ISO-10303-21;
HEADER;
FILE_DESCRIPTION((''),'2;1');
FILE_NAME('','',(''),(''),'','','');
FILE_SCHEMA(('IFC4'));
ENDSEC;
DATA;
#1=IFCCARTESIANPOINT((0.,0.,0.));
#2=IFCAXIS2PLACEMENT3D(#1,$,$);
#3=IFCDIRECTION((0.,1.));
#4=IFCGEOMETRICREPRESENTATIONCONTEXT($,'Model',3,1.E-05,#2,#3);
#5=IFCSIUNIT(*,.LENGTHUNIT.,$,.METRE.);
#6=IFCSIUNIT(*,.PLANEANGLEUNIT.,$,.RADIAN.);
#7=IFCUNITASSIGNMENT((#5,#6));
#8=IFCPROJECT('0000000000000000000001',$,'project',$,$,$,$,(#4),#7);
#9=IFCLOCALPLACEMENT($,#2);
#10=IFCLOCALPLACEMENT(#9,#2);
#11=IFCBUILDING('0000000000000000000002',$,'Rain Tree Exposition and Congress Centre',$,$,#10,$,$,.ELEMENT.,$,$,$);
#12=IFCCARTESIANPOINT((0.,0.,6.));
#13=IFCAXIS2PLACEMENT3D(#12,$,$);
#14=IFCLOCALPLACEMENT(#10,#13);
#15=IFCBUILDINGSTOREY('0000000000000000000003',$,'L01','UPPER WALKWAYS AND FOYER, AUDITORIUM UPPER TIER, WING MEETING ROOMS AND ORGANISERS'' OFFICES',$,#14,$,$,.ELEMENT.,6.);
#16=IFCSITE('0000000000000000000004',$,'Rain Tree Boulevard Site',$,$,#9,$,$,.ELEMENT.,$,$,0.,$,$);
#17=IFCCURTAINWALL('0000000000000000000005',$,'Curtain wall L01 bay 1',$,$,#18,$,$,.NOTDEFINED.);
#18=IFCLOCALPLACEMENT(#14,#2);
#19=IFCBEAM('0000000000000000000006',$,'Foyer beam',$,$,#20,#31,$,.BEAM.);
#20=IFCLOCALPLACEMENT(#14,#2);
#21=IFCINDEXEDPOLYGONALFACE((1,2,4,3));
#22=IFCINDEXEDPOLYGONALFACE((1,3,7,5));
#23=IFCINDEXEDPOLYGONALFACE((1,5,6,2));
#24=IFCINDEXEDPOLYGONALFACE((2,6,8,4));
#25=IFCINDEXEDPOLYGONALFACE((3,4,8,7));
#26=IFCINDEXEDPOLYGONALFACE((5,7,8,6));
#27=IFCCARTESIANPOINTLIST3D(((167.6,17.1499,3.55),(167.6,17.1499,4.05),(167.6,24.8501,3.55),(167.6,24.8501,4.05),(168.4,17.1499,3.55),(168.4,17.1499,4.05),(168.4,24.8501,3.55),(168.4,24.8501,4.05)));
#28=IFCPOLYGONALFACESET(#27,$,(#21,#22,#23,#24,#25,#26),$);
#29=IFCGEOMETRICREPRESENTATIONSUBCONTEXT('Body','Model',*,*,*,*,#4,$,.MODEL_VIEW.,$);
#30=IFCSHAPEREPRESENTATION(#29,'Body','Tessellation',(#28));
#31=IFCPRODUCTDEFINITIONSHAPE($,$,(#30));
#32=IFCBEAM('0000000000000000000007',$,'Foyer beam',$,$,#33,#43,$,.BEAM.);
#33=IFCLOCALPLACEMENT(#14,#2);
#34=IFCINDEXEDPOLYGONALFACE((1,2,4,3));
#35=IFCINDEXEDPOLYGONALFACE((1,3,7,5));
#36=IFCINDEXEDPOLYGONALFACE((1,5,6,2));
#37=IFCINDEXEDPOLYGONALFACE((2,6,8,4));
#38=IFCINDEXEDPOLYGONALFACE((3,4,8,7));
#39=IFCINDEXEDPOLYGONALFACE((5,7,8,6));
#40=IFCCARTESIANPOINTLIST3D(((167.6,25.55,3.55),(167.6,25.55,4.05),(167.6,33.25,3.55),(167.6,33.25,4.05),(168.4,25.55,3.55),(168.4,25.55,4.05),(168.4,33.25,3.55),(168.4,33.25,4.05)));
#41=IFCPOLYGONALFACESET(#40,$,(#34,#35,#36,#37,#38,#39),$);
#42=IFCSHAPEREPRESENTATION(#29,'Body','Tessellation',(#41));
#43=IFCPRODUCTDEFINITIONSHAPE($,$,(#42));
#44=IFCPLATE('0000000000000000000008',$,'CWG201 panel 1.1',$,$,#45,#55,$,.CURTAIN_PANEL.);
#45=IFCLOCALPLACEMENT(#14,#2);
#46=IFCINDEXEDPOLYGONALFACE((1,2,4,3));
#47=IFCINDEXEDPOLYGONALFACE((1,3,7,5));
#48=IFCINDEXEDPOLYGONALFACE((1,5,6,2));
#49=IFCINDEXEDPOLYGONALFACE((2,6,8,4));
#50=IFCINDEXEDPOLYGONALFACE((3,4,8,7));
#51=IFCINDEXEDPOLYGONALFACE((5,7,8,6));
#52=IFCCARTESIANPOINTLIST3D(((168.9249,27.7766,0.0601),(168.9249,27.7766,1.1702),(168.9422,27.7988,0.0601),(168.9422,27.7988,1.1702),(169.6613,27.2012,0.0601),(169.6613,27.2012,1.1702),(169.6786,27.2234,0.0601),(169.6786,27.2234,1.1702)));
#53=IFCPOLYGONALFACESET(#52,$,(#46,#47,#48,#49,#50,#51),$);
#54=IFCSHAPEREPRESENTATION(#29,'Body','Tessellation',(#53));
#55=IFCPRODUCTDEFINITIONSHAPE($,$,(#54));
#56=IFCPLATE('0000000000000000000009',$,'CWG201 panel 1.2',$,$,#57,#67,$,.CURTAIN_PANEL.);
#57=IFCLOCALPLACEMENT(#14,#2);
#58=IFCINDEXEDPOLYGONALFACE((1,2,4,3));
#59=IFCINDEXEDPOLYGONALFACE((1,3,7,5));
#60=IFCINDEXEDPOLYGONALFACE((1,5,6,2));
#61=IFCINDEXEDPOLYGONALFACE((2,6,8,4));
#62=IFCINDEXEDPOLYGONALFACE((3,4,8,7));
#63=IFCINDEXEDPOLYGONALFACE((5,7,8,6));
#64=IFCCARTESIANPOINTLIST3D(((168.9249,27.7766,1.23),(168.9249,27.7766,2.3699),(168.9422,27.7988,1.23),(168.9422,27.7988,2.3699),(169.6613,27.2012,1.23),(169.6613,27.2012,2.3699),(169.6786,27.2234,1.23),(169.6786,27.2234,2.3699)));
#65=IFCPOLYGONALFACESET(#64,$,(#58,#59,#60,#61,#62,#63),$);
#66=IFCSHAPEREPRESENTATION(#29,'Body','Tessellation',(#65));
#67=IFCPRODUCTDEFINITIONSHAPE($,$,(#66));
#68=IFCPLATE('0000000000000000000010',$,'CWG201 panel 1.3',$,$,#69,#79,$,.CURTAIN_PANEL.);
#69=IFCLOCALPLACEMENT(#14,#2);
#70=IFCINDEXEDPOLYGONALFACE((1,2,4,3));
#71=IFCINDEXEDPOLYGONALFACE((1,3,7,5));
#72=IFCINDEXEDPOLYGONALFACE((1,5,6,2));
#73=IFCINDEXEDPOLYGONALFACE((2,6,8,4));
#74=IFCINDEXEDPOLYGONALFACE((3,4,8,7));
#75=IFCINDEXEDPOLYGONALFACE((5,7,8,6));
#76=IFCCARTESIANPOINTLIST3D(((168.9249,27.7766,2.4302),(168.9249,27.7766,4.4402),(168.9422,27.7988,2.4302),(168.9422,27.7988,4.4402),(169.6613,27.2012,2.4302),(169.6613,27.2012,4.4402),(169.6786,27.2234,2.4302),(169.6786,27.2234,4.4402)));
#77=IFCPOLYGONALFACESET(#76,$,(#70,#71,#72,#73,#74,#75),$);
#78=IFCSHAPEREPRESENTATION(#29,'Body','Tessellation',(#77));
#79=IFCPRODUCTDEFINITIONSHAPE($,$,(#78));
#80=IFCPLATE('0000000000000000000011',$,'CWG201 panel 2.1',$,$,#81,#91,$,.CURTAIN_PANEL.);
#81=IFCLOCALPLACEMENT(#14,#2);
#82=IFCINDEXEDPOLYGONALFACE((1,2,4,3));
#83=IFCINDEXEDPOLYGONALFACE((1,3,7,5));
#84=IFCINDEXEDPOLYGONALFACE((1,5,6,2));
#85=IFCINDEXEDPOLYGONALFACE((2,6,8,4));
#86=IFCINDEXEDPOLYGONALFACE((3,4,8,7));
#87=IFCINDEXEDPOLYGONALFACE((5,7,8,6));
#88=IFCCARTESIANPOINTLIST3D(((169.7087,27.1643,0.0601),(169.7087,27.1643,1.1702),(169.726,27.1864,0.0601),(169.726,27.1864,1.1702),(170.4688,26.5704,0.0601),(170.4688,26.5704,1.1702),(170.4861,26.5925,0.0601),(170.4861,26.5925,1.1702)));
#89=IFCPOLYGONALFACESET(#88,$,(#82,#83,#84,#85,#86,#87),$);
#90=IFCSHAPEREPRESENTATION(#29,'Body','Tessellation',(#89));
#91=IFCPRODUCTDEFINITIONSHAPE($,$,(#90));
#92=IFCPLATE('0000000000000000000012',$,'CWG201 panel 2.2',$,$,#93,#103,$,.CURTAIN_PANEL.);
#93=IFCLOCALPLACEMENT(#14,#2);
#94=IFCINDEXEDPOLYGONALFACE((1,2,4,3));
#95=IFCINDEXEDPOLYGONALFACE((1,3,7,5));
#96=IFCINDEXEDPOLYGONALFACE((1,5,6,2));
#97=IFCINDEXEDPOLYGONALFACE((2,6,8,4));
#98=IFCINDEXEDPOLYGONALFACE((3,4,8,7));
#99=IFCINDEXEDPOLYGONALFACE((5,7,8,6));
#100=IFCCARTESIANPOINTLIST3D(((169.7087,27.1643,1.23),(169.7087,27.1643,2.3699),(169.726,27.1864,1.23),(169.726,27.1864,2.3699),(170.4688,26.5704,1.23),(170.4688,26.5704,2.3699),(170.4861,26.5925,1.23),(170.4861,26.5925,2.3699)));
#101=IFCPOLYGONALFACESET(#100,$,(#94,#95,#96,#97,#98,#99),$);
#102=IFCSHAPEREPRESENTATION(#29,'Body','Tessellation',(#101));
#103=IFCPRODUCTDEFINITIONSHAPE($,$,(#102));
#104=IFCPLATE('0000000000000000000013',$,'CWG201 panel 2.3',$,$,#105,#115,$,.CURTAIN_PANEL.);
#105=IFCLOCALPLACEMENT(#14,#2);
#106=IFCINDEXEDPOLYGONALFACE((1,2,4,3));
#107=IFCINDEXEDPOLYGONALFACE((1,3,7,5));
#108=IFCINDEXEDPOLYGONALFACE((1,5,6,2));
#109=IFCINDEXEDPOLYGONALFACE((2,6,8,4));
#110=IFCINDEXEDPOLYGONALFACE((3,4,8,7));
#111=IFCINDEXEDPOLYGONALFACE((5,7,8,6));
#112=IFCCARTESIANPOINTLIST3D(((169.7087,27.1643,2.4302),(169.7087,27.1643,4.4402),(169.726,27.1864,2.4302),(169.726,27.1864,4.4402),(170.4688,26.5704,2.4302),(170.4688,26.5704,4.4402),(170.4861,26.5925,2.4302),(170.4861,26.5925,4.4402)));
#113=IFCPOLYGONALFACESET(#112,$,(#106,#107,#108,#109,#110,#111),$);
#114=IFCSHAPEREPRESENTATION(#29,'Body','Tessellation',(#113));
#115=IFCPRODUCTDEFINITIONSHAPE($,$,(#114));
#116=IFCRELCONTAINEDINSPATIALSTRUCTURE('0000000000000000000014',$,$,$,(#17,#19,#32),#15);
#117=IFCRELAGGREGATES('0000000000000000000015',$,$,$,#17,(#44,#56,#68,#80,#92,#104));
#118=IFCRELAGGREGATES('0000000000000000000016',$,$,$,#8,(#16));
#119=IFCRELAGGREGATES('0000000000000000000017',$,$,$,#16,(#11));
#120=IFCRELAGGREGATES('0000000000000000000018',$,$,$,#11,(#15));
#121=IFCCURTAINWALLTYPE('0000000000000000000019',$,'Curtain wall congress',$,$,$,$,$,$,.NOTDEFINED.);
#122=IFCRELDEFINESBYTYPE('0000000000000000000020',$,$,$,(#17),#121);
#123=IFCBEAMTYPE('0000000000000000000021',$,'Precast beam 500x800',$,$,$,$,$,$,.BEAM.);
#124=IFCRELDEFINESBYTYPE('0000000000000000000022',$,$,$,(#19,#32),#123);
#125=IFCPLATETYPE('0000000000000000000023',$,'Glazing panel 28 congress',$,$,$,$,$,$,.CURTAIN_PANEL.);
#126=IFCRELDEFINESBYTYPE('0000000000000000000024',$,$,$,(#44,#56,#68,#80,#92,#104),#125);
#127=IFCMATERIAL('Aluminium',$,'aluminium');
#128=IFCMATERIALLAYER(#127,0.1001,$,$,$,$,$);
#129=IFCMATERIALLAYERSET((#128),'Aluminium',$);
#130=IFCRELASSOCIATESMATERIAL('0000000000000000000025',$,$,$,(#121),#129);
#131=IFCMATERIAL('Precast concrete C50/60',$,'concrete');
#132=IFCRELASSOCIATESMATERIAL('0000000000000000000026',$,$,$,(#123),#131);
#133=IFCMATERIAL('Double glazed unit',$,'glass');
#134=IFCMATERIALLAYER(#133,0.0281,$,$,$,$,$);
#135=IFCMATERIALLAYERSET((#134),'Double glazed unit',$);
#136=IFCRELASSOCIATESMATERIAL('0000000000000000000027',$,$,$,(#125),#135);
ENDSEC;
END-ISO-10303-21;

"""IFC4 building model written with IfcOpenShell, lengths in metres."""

from ifc_helpers import new_model, si_unit, direction, frame, origin, origin_2d, place, context, subcontext, project, spatial, rectangle, extrude, material, layer, layer_set, material_profile, profile_set, type_object, element, aggregate, save


model = new_model("IFC4")

# Units and contexts
model_context = context("Model", 3, precision=1e-05, world=origin(), true_north=direction((0.0, 1.0)))
body_context = subcontext(model_context, "Body", "Model", "MODEL_VIEW")
ifc_project = project(units=[si_unit("LENGTHUNIT", "METRE"), si_unit("PLANEANGLEUNIT", "RADIAN")], contexts=[model_context])

# Site, building, storey
site_placement = place(None, origin())
site = spatial("IfcSite", under=ifc_project, at=site_placement, Name="Rain Tree Boulevard Site", CompositionType="ELEMENT", RefElevation=0.0)
building_placement = place(site_placement, origin())
building = spatial("IfcBuilding", under=site, at=building_placement, Name="Rain Tree Exposition and Congress Centre", CompositionType="ELEMENT")
storey_placement = place(building_placement, frame((0.0, 0.0, 6.0)))
storey = spatial("IfcBuildingStorey", under=building, at=storey_placement, Name="L01", Description="UPPER WALKWAYS AND FOYER, AUDITORIUM UPPER TIER, WING MEETING ROOMS AND ORGANISERS' OFFICES", CompositionType="ELEMENT", Elevation=6.0)

# Curtain wall
ifc_material_1 = material(Name="Aluminium", Category="aluminium")
ifc_layer_1 = layer(ifc_material_1, 0.1001)
ifc_layer_set_1 = layer_set([ifc_layer_1], Name="Aluminium")
curtain_wall_type = type_object("IfcCurtainWallType", Name="Curtain wall congress", PredefinedType="NOTDEFINED", material=ifc_layer_set_1)
curtain_wall_1_placement = place(storey_placement, origin())
curtain_wall_1 = element("IfcCurtainWall", 1, at=curtain_wall_1_placement, inside=storey, type_object=curtain_wall_type, Name="Curtain wall L01 bay 1", PredefinedType="NOTDEFINED")

# Beams
ifc_material_2 = material(Name="Precast concrete C50/60", Category="concrete")
ifc_material_profile_1 = material_profile(ifc_material_2, rectangle(XDim=0.5, YDim=0.8, at=origin_2d()), Name="RC 500x800")
ifc_profile_set_1 = profile_set([ifc_material_profile_1], Name="Precast concrete C50/60")
beam_type = type_object("IfcBeamType", Name="Precast beam 500x800", PredefinedType="BEAM", material=ifc_profile_set_1)
beam_1_placement = place(storey_placement, frame((168.0, 17.1499, 3.8), z_axis=(0.0, 1.0, 0.0), x_axis=(0.0, 0.0, 1.0)))
element("IfcBeam", 2, at=beam_1_placement, inside=storey, type_object=beam_type, Name="Foyer beam", PredefinedType="BEAM", context=body_context, shape_type="SweptSolid", body=[
    extrude(rectangle(XDim=0.5, YDim=0.8, at=origin_2d()), origin(), (0.0, 0.0, 1.0), 7.7002),
])
beam_2_placement = place(storey_placement, frame((168.0, 25.55, 3.8), z_axis=(0.0, 1.0, 0.0), x_axis=(0.0, 0.0, 1.0)))
element("IfcBeam", 3, at=beam_2_placement, inside=storey, type_object=beam_type, Name="Foyer beam", PredefinedType="BEAM", context=body_context, shape_type="SweptSolid", body=[
    extrude(rectangle(XDim=0.5, YDim=0.8, at=origin_2d()), origin(), (0.0, 0.0, 1.0), 7.7),
])

# Plates
ifc_material_3 = material(Name="Double glazed unit", Category="glass")
ifc_layer_2 = layer(ifc_material_3, 0.0281)
ifc_layer_set_2 = layer_set([ifc_layer_2], Name="Double glazed unit")
plate_type = type_object("IfcPlateType", Name="Glazing panel 28 congress", PredefinedType="CURTAIN_PANEL", material=ifc_layer_set_2)
plate_1_placement = place(storey_placement, frame((169.3018, 27.5, 0.0601), z_axis=(0.0, 0.0, 1.0), x_axis=(0.788003, -0.615671, 0.0)))
plate_1 = element("IfcPlate", 4, at=plate_1_placement, type_object=plate_type, Name="CWG201 panel 1.1", PredefinedType="CURTAIN_PANEL", context=body_context, shape_type="SweptSolid", body=[
    extrude(rectangle(XDim=0.9346, YDim=0.0281, at=origin_2d()), origin(), (0.0, 0.0, 1.0), 1.1101),
])
plate_2_placement = place(storey_placement, frame((169.3018, 27.5, 1.23), z_axis=(0.0, 0.0, 1.0), x_axis=(0.788003, -0.615671, 0.0)))
plate_2 = element("IfcPlate", 5, at=plate_2_placement, type_object=plate_type, Name="CWG201 panel 1.2", PredefinedType="CURTAIN_PANEL", context=body_context, shape_type="SweptSolid", body=[
    extrude(rectangle(XDim=0.9346, YDim=0.0281, at=origin_2d()), origin(), (0.0, 0.0, 1.0), 1.1399),
])
plate_3_placement = place(storey_placement, frame((169.3018, 27.5, 2.4302), z_axis=(0.0, 0.0, 1.0), x_axis=(0.788003, -0.615671, 0.0)))
plate_3 = element("IfcPlate", 6, at=plate_3_placement, type_object=plate_type, Name="CWG201 panel 1.3", PredefinedType="CURTAIN_PANEL", context=body_context, shape_type="SweptSolid", body=[
    extrude(rectangle(XDim=0.9346, YDim=0.0281, at=origin_2d()), origin(), (0.0, 0.0, 1.0), 2.01),
])
plate_4_placement = place(storey_placement, frame((170.0974, 26.8784, 0.0601), z_axis=(0.0, 0.0, 1.0), x_axis=(0.788003, -0.615671, 0.0)))
plate_4 = element("IfcPlate", 7, at=plate_4_placement, type_object=plate_type, Name="CWG201 panel 2.1", PredefinedType="CURTAIN_PANEL", context=body_context, shape_type="SweptSolid", body=[
    extrude(rectangle(XDim=0.9646, YDim=0.0281, at=origin_2d()), origin(), (0.0, 0.0, 1.0), 1.1101),
])
plate_5_placement = place(storey_placement, frame((170.0974, 26.8784, 1.23), z_axis=(0.0, 0.0, 1.0), x_axis=(0.788003, -0.615671, 0.0)))
plate_5 = element("IfcPlate", 8, at=plate_5_placement, type_object=plate_type, Name="CWG201 panel 2.2", PredefinedType="CURTAIN_PANEL", context=body_context, shape_type="SweptSolid", body=[
    extrude(rectangle(XDim=0.9646, YDim=0.0281, at=origin_2d()), origin(), (0.0, 0.0, 1.0), 1.1399),
])
plate_6_placement = place(storey_placement, frame((170.0974, 26.8784, 2.4302), z_axis=(0.0, 0.0, 1.0), x_axis=(0.788003, -0.615671, 0.0)))
plate_6 = element("IfcPlate", 9, at=plate_6_placement, type_object=plate_type, Name="CWG201 panel 2.3", PredefinedType="CURTAIN_PANEL", context=body_context, shape_type="SweptSolid", body=[
    extrude(rectangle(XDim=0.9646, YDim=0.0281, at=origin_2d()), origin(), (0.0, 0.0, 1.0), 2.01),
])
aggregate(curtain_wall_1, [plate_1, plate_2, plate_3, plate_4, plate_5, plate_6])

save(model, "model.ifc")
